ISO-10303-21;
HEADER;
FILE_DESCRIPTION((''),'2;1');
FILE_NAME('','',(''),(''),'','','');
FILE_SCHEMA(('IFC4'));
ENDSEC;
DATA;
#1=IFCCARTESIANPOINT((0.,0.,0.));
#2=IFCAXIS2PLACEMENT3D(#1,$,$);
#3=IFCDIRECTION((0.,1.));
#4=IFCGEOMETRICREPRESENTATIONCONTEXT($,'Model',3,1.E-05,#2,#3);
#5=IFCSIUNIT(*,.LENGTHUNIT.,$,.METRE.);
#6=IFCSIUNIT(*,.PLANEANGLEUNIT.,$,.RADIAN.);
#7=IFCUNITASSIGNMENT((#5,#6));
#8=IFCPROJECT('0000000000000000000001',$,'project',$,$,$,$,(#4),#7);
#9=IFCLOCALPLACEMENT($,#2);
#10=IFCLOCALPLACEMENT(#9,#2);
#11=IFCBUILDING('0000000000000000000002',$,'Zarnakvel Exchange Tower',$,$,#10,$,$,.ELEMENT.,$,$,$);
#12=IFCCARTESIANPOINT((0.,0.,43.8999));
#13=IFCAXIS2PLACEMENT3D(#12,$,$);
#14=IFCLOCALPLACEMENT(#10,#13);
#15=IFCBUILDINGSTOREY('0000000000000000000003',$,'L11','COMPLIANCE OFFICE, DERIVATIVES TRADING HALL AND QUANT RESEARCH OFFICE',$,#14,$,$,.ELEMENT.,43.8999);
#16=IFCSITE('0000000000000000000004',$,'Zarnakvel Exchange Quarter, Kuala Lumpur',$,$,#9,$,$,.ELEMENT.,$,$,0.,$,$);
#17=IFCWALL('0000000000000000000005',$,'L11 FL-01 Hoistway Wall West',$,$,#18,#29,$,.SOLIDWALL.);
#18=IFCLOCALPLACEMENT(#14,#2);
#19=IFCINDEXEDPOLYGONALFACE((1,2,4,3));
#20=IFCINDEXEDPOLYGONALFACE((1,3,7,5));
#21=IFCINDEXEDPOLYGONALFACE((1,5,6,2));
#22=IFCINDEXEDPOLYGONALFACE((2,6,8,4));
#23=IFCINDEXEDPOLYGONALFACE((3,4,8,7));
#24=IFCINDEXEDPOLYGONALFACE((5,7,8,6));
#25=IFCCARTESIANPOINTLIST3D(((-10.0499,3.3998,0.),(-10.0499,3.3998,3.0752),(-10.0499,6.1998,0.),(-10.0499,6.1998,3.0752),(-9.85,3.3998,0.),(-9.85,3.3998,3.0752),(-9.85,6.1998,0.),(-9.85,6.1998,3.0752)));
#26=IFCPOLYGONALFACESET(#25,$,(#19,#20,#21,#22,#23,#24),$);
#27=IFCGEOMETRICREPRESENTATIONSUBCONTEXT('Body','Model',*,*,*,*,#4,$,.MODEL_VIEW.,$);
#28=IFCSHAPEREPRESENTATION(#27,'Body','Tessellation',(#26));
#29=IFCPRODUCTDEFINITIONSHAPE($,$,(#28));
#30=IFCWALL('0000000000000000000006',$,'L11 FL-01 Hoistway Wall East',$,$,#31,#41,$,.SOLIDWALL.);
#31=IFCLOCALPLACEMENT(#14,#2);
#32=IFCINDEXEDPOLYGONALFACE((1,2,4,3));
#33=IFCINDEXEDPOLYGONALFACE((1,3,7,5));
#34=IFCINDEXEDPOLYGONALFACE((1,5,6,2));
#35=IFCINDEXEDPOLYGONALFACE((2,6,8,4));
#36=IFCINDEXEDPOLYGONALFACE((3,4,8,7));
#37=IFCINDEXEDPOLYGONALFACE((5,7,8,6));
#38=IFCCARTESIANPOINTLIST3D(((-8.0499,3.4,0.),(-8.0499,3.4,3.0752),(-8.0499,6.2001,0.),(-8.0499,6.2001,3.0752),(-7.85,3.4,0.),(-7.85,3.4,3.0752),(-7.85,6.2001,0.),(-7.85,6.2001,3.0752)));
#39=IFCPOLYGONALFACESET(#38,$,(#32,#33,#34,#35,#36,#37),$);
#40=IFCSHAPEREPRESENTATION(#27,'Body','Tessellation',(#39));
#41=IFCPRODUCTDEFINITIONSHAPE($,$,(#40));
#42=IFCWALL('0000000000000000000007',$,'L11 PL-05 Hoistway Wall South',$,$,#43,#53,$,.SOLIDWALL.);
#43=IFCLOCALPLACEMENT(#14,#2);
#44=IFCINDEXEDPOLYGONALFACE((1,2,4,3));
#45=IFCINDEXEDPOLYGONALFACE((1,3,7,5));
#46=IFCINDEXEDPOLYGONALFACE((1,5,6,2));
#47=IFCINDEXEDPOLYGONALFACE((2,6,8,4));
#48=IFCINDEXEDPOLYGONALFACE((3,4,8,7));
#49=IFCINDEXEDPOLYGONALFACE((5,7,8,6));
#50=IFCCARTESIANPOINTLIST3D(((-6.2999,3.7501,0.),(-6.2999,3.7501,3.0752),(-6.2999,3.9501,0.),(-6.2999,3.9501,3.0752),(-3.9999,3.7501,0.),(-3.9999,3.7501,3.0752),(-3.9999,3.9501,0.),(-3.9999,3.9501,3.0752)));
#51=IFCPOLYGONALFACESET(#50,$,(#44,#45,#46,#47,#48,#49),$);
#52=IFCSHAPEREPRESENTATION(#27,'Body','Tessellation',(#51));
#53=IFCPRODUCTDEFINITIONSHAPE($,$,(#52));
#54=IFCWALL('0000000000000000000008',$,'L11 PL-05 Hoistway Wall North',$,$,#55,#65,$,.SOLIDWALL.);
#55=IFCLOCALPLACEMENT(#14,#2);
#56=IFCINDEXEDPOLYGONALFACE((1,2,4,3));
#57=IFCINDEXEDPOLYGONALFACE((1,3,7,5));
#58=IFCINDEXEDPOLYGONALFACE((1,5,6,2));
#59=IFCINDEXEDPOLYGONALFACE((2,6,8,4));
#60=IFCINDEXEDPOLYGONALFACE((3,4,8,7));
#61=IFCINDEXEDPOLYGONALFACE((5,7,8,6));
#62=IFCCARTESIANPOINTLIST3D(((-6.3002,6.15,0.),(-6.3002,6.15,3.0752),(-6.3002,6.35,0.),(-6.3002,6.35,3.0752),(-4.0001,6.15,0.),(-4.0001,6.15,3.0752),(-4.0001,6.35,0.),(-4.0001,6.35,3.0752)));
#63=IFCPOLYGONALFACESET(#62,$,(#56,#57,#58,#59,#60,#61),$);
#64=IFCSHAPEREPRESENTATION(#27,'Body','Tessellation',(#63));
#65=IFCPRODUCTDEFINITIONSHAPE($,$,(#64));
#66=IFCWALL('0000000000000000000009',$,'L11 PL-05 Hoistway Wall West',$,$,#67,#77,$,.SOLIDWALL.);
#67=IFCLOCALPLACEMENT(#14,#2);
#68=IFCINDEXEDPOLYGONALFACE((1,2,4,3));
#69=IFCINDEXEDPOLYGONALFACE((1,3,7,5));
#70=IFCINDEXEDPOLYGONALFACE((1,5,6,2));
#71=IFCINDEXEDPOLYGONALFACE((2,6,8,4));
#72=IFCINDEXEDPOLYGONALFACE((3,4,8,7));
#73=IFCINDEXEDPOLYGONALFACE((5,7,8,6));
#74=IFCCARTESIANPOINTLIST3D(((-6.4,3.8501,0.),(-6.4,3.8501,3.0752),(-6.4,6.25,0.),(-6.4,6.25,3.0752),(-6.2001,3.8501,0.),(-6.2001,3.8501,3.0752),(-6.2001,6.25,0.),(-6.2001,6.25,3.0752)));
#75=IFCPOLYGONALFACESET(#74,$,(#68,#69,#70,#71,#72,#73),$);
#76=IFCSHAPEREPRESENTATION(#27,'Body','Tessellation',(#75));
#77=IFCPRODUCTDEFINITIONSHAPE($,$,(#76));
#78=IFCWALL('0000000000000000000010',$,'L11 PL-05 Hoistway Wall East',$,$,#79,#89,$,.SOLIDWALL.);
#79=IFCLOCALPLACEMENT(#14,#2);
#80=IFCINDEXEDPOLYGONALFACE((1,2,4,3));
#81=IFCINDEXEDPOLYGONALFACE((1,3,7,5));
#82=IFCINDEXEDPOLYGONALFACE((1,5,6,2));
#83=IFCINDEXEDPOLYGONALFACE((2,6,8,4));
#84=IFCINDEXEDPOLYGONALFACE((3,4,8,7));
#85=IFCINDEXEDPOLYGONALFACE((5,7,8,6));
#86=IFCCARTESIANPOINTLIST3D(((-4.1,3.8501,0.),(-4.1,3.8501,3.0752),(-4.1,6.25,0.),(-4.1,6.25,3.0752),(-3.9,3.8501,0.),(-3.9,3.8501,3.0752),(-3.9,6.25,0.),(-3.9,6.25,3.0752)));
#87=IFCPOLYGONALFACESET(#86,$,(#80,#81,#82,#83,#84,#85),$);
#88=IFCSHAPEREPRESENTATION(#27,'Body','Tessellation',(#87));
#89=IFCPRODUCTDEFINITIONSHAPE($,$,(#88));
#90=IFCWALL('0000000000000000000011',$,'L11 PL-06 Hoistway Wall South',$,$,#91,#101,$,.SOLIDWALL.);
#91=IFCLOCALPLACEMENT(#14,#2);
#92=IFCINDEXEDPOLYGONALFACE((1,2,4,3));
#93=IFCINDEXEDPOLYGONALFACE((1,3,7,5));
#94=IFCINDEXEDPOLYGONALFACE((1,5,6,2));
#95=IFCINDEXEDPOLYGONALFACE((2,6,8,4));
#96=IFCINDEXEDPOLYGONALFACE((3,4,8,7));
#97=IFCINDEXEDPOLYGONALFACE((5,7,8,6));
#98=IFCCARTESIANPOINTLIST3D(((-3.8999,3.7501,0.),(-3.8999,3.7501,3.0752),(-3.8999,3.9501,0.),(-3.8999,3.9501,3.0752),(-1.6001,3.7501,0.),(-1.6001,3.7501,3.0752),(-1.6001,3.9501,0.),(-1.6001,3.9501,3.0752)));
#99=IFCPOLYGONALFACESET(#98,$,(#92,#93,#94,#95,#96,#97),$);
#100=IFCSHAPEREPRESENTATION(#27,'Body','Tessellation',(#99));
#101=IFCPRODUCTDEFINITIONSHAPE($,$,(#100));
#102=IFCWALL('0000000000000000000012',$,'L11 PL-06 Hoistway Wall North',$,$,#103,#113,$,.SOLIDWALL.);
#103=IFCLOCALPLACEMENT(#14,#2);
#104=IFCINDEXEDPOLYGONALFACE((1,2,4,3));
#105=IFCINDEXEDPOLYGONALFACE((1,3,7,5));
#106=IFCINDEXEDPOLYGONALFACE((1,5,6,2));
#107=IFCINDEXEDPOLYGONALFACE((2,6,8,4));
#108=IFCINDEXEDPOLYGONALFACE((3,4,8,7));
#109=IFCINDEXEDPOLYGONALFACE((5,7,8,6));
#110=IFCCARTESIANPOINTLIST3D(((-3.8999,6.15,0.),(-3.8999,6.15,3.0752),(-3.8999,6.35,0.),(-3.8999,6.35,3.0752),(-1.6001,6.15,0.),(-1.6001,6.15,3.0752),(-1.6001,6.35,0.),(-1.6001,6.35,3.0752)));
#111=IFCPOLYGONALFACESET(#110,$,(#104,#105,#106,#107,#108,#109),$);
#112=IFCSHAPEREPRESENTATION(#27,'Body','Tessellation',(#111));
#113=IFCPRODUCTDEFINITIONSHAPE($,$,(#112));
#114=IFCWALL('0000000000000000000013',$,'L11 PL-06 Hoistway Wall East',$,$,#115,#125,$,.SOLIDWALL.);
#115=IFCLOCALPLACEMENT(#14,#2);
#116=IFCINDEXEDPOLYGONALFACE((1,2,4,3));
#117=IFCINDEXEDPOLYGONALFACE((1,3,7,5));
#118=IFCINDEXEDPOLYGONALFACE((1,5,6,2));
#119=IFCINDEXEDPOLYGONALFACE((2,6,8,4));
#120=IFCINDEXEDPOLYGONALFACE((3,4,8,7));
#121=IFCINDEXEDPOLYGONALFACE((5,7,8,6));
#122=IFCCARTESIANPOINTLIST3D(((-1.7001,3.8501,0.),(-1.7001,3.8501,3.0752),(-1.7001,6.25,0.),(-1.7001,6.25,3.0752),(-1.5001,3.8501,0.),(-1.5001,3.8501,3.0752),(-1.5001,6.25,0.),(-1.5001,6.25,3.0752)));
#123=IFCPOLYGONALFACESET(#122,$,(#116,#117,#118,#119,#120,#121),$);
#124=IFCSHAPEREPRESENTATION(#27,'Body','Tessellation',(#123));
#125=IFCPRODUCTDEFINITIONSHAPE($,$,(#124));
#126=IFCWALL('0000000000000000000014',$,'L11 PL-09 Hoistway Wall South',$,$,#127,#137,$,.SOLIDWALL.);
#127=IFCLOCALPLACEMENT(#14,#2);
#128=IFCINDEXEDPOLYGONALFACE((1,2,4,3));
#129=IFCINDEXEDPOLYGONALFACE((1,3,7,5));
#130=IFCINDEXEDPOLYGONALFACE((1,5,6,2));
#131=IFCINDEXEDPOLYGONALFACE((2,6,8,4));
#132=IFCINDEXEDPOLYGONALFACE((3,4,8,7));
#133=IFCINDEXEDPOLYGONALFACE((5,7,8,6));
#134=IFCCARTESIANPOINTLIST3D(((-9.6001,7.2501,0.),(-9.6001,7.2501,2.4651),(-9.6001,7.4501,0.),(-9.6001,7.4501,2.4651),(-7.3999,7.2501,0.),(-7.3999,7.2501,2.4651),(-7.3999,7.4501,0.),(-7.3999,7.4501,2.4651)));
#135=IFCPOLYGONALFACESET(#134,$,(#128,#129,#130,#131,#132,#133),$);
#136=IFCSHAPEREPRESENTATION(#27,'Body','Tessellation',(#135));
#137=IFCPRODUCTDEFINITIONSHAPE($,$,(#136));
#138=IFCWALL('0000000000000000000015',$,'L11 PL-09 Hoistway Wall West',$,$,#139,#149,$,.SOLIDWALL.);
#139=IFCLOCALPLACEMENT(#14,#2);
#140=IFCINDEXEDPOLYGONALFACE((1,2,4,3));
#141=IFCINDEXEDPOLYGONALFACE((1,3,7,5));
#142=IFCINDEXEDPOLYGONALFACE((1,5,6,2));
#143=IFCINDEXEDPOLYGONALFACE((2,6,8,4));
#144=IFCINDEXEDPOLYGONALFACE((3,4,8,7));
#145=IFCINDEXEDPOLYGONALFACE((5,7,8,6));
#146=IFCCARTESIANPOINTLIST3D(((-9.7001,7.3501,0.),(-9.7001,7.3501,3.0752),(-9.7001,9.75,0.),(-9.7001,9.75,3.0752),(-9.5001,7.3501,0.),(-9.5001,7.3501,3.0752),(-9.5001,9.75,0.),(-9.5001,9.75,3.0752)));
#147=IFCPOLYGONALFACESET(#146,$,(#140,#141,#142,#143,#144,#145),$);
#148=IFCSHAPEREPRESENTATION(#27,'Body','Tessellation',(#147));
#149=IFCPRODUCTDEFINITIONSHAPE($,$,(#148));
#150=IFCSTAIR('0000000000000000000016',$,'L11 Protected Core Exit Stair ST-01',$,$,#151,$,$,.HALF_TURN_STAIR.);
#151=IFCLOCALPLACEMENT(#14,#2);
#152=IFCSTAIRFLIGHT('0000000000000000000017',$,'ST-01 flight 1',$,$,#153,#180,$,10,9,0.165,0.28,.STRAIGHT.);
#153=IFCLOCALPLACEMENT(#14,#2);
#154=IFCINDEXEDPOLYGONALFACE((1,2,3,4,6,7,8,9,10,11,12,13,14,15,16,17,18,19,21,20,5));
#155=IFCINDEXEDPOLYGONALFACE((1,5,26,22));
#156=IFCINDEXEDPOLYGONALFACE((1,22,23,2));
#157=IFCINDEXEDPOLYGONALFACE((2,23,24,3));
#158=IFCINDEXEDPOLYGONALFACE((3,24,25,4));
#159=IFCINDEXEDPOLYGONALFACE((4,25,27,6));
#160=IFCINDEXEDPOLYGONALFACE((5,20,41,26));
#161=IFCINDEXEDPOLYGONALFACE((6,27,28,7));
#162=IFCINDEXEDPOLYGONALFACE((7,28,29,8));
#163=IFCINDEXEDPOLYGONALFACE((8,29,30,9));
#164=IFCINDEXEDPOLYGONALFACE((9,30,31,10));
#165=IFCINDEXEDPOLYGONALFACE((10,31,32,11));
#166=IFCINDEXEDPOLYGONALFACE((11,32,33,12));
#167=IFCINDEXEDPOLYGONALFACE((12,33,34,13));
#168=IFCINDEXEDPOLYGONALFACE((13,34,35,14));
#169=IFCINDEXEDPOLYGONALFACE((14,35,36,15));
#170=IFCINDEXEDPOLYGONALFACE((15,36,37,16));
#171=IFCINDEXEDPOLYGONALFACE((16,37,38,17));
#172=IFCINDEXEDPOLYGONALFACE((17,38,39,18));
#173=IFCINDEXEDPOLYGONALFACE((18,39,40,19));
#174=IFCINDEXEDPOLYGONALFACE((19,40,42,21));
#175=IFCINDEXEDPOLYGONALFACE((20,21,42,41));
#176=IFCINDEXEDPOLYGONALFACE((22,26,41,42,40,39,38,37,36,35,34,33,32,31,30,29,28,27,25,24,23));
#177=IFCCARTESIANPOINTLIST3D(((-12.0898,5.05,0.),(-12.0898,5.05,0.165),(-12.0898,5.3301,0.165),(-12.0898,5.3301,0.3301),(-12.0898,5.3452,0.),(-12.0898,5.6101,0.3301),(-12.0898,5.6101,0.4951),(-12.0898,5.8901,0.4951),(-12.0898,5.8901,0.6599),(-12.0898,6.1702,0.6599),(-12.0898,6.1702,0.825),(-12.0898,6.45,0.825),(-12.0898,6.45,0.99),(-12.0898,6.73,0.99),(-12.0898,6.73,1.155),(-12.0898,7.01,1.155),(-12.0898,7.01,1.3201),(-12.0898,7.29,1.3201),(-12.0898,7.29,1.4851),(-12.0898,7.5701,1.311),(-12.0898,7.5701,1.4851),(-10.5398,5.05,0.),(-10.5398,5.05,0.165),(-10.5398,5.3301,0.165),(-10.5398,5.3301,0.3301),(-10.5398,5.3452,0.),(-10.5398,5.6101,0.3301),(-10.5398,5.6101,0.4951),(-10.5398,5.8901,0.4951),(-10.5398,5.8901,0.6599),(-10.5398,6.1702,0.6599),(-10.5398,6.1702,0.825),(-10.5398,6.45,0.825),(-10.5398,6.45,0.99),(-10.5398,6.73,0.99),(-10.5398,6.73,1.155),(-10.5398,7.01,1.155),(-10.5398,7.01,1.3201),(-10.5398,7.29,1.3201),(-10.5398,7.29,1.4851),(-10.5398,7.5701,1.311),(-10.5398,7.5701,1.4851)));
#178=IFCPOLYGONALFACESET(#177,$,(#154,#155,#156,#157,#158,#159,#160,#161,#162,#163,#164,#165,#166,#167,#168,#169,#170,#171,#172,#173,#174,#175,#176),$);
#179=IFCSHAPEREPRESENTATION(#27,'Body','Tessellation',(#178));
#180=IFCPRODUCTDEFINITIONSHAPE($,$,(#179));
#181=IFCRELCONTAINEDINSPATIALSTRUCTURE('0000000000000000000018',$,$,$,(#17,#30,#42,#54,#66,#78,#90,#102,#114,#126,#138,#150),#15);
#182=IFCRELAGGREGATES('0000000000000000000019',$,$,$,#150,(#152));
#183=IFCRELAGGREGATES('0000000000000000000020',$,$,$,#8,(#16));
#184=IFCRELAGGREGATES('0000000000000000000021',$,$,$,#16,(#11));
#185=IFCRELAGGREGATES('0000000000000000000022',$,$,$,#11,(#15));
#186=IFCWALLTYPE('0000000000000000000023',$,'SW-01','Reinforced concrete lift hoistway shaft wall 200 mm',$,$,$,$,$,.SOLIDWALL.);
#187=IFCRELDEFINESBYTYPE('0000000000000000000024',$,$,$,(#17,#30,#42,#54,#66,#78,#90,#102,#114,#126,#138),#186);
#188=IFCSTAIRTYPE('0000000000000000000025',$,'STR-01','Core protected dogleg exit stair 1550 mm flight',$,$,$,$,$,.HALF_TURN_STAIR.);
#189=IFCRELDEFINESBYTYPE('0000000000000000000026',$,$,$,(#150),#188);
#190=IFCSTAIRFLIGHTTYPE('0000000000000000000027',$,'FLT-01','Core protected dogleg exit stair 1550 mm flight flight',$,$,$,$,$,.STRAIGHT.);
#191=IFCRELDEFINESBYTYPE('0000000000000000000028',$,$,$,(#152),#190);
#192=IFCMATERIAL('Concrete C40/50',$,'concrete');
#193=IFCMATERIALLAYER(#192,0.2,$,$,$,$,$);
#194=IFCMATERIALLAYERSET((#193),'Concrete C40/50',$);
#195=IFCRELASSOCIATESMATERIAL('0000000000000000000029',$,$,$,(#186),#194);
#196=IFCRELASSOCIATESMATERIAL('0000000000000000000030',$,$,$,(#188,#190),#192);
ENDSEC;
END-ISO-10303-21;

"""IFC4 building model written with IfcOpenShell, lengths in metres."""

from ifc_helpers import new_model, si_unit, direction, frame, frame_2d, origin, place, context, subcontext, project, spatial, polyline, rectangle, outline, extrude, material, layer, layer_set, type_object, element, aggregate, save


model = new_model("IFC4")

# Units and contexts
model_context = context("Model", 3, precision=1e-05, world=origin(), true_north=direction((0.0, 1.0)))
body_context = subcontext(model_context, "Body", "Model", "MODEL_VIEW")
ifc_project = project(units=[si_unit("LENGTHUNIT", "METRE"), si_unit("PLANEANGLEUNIT", "RADIAN")], contexts=[model_context])

# Site, building, storey
site_placement = place(None, origin())
site = spatial("IfcSite", under=ifc_project, at=site_placement, Name="Zarnakvel Exchange Quarter, Kuala Lumpur", CompositionType="ELEMENT", RefElevation=0.0)
building_placement = place(site_placement, origin())
building = spatial("IfcBuilding", under=site, at=building_placement, Name="Zarnakvel Exchange Tower", CompositionType="ELEMENT")
storey_placement = place(building_placement, frame((0.0, 0.0, 43.8999)))
storey = spatial("IfcBuildingStorey", under=building, at=storey_placement, Name="L11", Description="COMPLIANCE OFFICE, DERIVATIVES TRADING HALL AND QUANT RESEARCH OFFICE", CompositionType="ELEMENT", Elevation=43.8999)

# Shared definitions
ifc_material_1 = material(Name="Concrete C40/50", Category="concrete")
ifc_layer_1 = layer(ifc_material_1, 0.2)
ifc_layer_set_1 = layer_set([ifc_layer_1], Name="Concrete C40/50")
wall_type_1 = type_object("IfcWallType", Name="SW-01", Description="Reinforced concrete lift hoistway shaft wall 200 mm", PredefinedType="SOLIDWALL", material=ifc_layer_set_1)

# Walls
for number, where, z_axis, x_axis, name in (
    (1, (-9.95, 3.3999, 0.0), (0.0, 0.0, 1.0), (0.0, 1.0, 0.0), "L11 FL-01 Hoistway Wall West"),
    (2, (-7.95, 6.2, 0.0), (0.0, 0.0, 1.0), (0.0, -1.0, 0.0), "L11 FL-01 Hoistway Wall East"),
):
    element("IfcWall", number, at=place(storey_placement, frame(where, z_axis=z_axis, x_axis=x_axis)), inside=storey, type_object=wall_type_1, Name=name, PredefinedType="SOLIDWALL", context=body_context, shape_type="SweptSolid", body=[
        extrude(rectangle(XDim=2.8, YDim=0.2, at=frame_2d((1.3999, 0.0))), origin(), (0.0, 0.0, 1.0), 3.0752),
    ])
for number, where, z_axis, x_axis, name in (
    (3, (-4.0, 3.8501, 0.0), (0.0, 0.0, 1.0), (-1.0, 0.0, 0.0), "L11 PL-05 Hoistway Wall South"),
    (4, (-6.3, 6.25, 0.0), (0.0, 0.0, 1.0), (1.0, 0.0, 0.0), "L11 PL-05 Hoistway Wall North"),
):
    element("IfcWall", number, at=place(storey_placement, frame(where, z_axis=z_axis, x_axis=x_axis)), inside=storey, type_object=wall_type_1, Name=name, PredefinedType="SOLIDWALL", context=body_context, shape_type="SweptSolid", body=[
        extrude(rectangle(XDim=2.3, YDim=0.2, at=frame_2d((1.1499, 0.0))), origin(), (0.0, 0.0, 1.0), 3.0752),
    ])
for number, where, z_axis, x_axis, name in (
    (5, (-6.3, 3.8501, 0.0), (0.0, 0.0, 1.0), (0.0, 1.0, 0.0), "L11 PL-05 Hoistway Wall West"),
    (6, (-4.0, 6.25, 0.0), (0.0, 0.0, 1.0), (0.0, -1.0, 0.0), "L11 PL-05 Hoistway Wall East"),
):
    element("IfcWall", number, at=place(storey_placement, frame(where, z_axis=z_axis, x_axis=x_axis)), inside=storey, type_object=wall_type_1, Name=name, PredefinedType="SOLIDWALL", context=body_context, shape_type="SweptSolid", body=[
        extrude(rectangle(XDim=2.3999, YDim=0.2, at=frame_2d((1.2, 0.0))), origin(), (0.0, 0.0, 1.0), 3.0752),
    ])
for number, where, z_axis, x_axis, name in (
    (7, (-1.6001, 3.8501, 0.0), (0.0, 0.0, 1.0), (-1.0, 0.0, 0.0), "L11 PL-06 Hoistway Wall South"),
    (8, (-3.8999, 6.25, 0.0), (0.0, 0.0, 1.0), (1.0, 0.0, 0.0), "L11 PL-06 Hoistway Wall North"),
):
    element("IfcWall", number, at=place(storey_placement, frame(where, z_axis=z_axis, x_axis=x_axis)), inside=storey, type_object=wall_type_1, Name=name, PredefinedType="SOLIDWALL", context=body_context, shape_type="SweptSolid", body=[
        extrude(rectangle(XDim=2.2998, YDim=0.2, at=frame_2d((1.1499, 0.0))), origin(), (0.0, 0.0, 1.0), 3.0752),
    ])
wall_1_placement = place(storey_placement, frame((-1.6001, 6.25, 0.0), z_axis=(0.0, 0.0, 1.0), x_axis=(0.0, -1.0, 0.0)))
element("IfcWall", 9, at=wall_1_placement, inside=storey, type_object=wall_type_1, Name="L11 PL-06 Hoistway Wall East", PredefinedType="SOLIDWALL", context=body_context, shape_type="SweptSolid", body=[
    extrude(rectangle(XDim=2.3999, YDim=0.2, at=frame_2d((1.2, 0.0))), origin(), (0.0, 0.0, 1.0), 3.0752),
])
wall_2_placement = place(storey_placement, frame((-7.3999, 7.3501, 0.0), z_axis=(0.0, 0.0, 1.0), x_axis=(-1.0, 0.0, 0.0)))
element("IfcWall", 10, at=wall_2_placement, inside=storey, type_object=wall_type_1, Name="L11 PL-09 Hoistway Wall South", PredefinedType="SOLIDWALL", context=body_context, shape_type="SweptSolid", body=[
    extrude(rectangle(XDim=2.2002, YDim=0.2, at=frame_2d((1.1001, 0.0))), origin(), (0.0, 0.0, 1.0), 2.4651),
])
wall_3_placement = place(storey_placement, frame((-9.6001, 7.3501, 0.0), z_axis=(0.0, 0.0, 1.0), x_axis=(0.0, 1.0, 0.0)))
element("IfcWall", 11, at=wall_3_placement, inside=storey, type_object=wall_type_1, Name="L11 PL-09 Hoistway Wall West", PredefinedType="SOLIDWALL", context=body_context, shape_type="SweptSolid", body=[
    extrude(rectangle(XDim=2.3999, YDim=0.2, at=frame_2d((1.2, 0.0))), origin(), (0.0, 0.0, 1.0), 3.0752),
])

# Stair, stair flight
stair_type = type_object("IfcStairType", Name="STR-01", Description="Core protected dogleg exit stair 1550 mm flight", PredefinedType="HALF_TURN_STAIR", material=ifc_material_1)
stair_placement = place(storey_placement, origin())
stair = element("IfcStair", 12, at=stair_placement, inside=storey, type_object=stair_type, Name="L11 Protected Core Exit Stair ST-01", PredefinedType="HALF_TURN_STAIR")
stair_flight_type = type_object("IfcStairFlightType", Name="FLT-01", Description="Core protected dogleg exit stair 1550 mm flight flight", PredefinedType="STRAIGHT", material=ifc_material_1)
stair_flight_placement = place(storey_placement, frame((-11.3149, 5.05, 0.0), z_axis=(0.0, 0.0, 1.0), x_axis=(0.0, 1.0, 0.0)))
stair_flight = element("IfcStairFlight", 13, at=stair_flight_placement, type_object=stair_flight_type, Name="ST-01 flight 1", NumberOfRisers=10, NumberOfTreads=9, PredefinedType="STRAIGHT", RiserHeight=0.165, TreadLength=0.28, context=body_context, shape_type="SweptSolid", body=[
    extrude(outline(polyline([(0.0, 0.0), (0.0, 0.165), (0.28, 0.165), (0.28, 0.3301), (0.5601, 0.3301), (0.5601, 0.4951), (0.8401, 0.4951), (0.8401, 0.6599), (1.1201, 0.6599), (1.1201, 0.825), (1.3999, 0.825), (1.3999, 0.99), (1.6799, 0.99), (1.6799, 1.155), (1.96, 1.155), (1.96, 1.3201), (2.24, 1.3201), (2.24, 1.4851), (2.52, 1.4851), (2.52, 1.6499), (2.52, 1.311), (0.2952, 0.0), (0.0, 0.0)])), frame((0.0, 0.7749, 0.0), z_axis=(0.0, -1.0, 0.0), x_axis=(1.0, 0.0, 0.0)), (0.0, 0.0, 1.0), 1.55),
])
aggregate(stair, [stair_flight])

save(model, "model.ifc")
